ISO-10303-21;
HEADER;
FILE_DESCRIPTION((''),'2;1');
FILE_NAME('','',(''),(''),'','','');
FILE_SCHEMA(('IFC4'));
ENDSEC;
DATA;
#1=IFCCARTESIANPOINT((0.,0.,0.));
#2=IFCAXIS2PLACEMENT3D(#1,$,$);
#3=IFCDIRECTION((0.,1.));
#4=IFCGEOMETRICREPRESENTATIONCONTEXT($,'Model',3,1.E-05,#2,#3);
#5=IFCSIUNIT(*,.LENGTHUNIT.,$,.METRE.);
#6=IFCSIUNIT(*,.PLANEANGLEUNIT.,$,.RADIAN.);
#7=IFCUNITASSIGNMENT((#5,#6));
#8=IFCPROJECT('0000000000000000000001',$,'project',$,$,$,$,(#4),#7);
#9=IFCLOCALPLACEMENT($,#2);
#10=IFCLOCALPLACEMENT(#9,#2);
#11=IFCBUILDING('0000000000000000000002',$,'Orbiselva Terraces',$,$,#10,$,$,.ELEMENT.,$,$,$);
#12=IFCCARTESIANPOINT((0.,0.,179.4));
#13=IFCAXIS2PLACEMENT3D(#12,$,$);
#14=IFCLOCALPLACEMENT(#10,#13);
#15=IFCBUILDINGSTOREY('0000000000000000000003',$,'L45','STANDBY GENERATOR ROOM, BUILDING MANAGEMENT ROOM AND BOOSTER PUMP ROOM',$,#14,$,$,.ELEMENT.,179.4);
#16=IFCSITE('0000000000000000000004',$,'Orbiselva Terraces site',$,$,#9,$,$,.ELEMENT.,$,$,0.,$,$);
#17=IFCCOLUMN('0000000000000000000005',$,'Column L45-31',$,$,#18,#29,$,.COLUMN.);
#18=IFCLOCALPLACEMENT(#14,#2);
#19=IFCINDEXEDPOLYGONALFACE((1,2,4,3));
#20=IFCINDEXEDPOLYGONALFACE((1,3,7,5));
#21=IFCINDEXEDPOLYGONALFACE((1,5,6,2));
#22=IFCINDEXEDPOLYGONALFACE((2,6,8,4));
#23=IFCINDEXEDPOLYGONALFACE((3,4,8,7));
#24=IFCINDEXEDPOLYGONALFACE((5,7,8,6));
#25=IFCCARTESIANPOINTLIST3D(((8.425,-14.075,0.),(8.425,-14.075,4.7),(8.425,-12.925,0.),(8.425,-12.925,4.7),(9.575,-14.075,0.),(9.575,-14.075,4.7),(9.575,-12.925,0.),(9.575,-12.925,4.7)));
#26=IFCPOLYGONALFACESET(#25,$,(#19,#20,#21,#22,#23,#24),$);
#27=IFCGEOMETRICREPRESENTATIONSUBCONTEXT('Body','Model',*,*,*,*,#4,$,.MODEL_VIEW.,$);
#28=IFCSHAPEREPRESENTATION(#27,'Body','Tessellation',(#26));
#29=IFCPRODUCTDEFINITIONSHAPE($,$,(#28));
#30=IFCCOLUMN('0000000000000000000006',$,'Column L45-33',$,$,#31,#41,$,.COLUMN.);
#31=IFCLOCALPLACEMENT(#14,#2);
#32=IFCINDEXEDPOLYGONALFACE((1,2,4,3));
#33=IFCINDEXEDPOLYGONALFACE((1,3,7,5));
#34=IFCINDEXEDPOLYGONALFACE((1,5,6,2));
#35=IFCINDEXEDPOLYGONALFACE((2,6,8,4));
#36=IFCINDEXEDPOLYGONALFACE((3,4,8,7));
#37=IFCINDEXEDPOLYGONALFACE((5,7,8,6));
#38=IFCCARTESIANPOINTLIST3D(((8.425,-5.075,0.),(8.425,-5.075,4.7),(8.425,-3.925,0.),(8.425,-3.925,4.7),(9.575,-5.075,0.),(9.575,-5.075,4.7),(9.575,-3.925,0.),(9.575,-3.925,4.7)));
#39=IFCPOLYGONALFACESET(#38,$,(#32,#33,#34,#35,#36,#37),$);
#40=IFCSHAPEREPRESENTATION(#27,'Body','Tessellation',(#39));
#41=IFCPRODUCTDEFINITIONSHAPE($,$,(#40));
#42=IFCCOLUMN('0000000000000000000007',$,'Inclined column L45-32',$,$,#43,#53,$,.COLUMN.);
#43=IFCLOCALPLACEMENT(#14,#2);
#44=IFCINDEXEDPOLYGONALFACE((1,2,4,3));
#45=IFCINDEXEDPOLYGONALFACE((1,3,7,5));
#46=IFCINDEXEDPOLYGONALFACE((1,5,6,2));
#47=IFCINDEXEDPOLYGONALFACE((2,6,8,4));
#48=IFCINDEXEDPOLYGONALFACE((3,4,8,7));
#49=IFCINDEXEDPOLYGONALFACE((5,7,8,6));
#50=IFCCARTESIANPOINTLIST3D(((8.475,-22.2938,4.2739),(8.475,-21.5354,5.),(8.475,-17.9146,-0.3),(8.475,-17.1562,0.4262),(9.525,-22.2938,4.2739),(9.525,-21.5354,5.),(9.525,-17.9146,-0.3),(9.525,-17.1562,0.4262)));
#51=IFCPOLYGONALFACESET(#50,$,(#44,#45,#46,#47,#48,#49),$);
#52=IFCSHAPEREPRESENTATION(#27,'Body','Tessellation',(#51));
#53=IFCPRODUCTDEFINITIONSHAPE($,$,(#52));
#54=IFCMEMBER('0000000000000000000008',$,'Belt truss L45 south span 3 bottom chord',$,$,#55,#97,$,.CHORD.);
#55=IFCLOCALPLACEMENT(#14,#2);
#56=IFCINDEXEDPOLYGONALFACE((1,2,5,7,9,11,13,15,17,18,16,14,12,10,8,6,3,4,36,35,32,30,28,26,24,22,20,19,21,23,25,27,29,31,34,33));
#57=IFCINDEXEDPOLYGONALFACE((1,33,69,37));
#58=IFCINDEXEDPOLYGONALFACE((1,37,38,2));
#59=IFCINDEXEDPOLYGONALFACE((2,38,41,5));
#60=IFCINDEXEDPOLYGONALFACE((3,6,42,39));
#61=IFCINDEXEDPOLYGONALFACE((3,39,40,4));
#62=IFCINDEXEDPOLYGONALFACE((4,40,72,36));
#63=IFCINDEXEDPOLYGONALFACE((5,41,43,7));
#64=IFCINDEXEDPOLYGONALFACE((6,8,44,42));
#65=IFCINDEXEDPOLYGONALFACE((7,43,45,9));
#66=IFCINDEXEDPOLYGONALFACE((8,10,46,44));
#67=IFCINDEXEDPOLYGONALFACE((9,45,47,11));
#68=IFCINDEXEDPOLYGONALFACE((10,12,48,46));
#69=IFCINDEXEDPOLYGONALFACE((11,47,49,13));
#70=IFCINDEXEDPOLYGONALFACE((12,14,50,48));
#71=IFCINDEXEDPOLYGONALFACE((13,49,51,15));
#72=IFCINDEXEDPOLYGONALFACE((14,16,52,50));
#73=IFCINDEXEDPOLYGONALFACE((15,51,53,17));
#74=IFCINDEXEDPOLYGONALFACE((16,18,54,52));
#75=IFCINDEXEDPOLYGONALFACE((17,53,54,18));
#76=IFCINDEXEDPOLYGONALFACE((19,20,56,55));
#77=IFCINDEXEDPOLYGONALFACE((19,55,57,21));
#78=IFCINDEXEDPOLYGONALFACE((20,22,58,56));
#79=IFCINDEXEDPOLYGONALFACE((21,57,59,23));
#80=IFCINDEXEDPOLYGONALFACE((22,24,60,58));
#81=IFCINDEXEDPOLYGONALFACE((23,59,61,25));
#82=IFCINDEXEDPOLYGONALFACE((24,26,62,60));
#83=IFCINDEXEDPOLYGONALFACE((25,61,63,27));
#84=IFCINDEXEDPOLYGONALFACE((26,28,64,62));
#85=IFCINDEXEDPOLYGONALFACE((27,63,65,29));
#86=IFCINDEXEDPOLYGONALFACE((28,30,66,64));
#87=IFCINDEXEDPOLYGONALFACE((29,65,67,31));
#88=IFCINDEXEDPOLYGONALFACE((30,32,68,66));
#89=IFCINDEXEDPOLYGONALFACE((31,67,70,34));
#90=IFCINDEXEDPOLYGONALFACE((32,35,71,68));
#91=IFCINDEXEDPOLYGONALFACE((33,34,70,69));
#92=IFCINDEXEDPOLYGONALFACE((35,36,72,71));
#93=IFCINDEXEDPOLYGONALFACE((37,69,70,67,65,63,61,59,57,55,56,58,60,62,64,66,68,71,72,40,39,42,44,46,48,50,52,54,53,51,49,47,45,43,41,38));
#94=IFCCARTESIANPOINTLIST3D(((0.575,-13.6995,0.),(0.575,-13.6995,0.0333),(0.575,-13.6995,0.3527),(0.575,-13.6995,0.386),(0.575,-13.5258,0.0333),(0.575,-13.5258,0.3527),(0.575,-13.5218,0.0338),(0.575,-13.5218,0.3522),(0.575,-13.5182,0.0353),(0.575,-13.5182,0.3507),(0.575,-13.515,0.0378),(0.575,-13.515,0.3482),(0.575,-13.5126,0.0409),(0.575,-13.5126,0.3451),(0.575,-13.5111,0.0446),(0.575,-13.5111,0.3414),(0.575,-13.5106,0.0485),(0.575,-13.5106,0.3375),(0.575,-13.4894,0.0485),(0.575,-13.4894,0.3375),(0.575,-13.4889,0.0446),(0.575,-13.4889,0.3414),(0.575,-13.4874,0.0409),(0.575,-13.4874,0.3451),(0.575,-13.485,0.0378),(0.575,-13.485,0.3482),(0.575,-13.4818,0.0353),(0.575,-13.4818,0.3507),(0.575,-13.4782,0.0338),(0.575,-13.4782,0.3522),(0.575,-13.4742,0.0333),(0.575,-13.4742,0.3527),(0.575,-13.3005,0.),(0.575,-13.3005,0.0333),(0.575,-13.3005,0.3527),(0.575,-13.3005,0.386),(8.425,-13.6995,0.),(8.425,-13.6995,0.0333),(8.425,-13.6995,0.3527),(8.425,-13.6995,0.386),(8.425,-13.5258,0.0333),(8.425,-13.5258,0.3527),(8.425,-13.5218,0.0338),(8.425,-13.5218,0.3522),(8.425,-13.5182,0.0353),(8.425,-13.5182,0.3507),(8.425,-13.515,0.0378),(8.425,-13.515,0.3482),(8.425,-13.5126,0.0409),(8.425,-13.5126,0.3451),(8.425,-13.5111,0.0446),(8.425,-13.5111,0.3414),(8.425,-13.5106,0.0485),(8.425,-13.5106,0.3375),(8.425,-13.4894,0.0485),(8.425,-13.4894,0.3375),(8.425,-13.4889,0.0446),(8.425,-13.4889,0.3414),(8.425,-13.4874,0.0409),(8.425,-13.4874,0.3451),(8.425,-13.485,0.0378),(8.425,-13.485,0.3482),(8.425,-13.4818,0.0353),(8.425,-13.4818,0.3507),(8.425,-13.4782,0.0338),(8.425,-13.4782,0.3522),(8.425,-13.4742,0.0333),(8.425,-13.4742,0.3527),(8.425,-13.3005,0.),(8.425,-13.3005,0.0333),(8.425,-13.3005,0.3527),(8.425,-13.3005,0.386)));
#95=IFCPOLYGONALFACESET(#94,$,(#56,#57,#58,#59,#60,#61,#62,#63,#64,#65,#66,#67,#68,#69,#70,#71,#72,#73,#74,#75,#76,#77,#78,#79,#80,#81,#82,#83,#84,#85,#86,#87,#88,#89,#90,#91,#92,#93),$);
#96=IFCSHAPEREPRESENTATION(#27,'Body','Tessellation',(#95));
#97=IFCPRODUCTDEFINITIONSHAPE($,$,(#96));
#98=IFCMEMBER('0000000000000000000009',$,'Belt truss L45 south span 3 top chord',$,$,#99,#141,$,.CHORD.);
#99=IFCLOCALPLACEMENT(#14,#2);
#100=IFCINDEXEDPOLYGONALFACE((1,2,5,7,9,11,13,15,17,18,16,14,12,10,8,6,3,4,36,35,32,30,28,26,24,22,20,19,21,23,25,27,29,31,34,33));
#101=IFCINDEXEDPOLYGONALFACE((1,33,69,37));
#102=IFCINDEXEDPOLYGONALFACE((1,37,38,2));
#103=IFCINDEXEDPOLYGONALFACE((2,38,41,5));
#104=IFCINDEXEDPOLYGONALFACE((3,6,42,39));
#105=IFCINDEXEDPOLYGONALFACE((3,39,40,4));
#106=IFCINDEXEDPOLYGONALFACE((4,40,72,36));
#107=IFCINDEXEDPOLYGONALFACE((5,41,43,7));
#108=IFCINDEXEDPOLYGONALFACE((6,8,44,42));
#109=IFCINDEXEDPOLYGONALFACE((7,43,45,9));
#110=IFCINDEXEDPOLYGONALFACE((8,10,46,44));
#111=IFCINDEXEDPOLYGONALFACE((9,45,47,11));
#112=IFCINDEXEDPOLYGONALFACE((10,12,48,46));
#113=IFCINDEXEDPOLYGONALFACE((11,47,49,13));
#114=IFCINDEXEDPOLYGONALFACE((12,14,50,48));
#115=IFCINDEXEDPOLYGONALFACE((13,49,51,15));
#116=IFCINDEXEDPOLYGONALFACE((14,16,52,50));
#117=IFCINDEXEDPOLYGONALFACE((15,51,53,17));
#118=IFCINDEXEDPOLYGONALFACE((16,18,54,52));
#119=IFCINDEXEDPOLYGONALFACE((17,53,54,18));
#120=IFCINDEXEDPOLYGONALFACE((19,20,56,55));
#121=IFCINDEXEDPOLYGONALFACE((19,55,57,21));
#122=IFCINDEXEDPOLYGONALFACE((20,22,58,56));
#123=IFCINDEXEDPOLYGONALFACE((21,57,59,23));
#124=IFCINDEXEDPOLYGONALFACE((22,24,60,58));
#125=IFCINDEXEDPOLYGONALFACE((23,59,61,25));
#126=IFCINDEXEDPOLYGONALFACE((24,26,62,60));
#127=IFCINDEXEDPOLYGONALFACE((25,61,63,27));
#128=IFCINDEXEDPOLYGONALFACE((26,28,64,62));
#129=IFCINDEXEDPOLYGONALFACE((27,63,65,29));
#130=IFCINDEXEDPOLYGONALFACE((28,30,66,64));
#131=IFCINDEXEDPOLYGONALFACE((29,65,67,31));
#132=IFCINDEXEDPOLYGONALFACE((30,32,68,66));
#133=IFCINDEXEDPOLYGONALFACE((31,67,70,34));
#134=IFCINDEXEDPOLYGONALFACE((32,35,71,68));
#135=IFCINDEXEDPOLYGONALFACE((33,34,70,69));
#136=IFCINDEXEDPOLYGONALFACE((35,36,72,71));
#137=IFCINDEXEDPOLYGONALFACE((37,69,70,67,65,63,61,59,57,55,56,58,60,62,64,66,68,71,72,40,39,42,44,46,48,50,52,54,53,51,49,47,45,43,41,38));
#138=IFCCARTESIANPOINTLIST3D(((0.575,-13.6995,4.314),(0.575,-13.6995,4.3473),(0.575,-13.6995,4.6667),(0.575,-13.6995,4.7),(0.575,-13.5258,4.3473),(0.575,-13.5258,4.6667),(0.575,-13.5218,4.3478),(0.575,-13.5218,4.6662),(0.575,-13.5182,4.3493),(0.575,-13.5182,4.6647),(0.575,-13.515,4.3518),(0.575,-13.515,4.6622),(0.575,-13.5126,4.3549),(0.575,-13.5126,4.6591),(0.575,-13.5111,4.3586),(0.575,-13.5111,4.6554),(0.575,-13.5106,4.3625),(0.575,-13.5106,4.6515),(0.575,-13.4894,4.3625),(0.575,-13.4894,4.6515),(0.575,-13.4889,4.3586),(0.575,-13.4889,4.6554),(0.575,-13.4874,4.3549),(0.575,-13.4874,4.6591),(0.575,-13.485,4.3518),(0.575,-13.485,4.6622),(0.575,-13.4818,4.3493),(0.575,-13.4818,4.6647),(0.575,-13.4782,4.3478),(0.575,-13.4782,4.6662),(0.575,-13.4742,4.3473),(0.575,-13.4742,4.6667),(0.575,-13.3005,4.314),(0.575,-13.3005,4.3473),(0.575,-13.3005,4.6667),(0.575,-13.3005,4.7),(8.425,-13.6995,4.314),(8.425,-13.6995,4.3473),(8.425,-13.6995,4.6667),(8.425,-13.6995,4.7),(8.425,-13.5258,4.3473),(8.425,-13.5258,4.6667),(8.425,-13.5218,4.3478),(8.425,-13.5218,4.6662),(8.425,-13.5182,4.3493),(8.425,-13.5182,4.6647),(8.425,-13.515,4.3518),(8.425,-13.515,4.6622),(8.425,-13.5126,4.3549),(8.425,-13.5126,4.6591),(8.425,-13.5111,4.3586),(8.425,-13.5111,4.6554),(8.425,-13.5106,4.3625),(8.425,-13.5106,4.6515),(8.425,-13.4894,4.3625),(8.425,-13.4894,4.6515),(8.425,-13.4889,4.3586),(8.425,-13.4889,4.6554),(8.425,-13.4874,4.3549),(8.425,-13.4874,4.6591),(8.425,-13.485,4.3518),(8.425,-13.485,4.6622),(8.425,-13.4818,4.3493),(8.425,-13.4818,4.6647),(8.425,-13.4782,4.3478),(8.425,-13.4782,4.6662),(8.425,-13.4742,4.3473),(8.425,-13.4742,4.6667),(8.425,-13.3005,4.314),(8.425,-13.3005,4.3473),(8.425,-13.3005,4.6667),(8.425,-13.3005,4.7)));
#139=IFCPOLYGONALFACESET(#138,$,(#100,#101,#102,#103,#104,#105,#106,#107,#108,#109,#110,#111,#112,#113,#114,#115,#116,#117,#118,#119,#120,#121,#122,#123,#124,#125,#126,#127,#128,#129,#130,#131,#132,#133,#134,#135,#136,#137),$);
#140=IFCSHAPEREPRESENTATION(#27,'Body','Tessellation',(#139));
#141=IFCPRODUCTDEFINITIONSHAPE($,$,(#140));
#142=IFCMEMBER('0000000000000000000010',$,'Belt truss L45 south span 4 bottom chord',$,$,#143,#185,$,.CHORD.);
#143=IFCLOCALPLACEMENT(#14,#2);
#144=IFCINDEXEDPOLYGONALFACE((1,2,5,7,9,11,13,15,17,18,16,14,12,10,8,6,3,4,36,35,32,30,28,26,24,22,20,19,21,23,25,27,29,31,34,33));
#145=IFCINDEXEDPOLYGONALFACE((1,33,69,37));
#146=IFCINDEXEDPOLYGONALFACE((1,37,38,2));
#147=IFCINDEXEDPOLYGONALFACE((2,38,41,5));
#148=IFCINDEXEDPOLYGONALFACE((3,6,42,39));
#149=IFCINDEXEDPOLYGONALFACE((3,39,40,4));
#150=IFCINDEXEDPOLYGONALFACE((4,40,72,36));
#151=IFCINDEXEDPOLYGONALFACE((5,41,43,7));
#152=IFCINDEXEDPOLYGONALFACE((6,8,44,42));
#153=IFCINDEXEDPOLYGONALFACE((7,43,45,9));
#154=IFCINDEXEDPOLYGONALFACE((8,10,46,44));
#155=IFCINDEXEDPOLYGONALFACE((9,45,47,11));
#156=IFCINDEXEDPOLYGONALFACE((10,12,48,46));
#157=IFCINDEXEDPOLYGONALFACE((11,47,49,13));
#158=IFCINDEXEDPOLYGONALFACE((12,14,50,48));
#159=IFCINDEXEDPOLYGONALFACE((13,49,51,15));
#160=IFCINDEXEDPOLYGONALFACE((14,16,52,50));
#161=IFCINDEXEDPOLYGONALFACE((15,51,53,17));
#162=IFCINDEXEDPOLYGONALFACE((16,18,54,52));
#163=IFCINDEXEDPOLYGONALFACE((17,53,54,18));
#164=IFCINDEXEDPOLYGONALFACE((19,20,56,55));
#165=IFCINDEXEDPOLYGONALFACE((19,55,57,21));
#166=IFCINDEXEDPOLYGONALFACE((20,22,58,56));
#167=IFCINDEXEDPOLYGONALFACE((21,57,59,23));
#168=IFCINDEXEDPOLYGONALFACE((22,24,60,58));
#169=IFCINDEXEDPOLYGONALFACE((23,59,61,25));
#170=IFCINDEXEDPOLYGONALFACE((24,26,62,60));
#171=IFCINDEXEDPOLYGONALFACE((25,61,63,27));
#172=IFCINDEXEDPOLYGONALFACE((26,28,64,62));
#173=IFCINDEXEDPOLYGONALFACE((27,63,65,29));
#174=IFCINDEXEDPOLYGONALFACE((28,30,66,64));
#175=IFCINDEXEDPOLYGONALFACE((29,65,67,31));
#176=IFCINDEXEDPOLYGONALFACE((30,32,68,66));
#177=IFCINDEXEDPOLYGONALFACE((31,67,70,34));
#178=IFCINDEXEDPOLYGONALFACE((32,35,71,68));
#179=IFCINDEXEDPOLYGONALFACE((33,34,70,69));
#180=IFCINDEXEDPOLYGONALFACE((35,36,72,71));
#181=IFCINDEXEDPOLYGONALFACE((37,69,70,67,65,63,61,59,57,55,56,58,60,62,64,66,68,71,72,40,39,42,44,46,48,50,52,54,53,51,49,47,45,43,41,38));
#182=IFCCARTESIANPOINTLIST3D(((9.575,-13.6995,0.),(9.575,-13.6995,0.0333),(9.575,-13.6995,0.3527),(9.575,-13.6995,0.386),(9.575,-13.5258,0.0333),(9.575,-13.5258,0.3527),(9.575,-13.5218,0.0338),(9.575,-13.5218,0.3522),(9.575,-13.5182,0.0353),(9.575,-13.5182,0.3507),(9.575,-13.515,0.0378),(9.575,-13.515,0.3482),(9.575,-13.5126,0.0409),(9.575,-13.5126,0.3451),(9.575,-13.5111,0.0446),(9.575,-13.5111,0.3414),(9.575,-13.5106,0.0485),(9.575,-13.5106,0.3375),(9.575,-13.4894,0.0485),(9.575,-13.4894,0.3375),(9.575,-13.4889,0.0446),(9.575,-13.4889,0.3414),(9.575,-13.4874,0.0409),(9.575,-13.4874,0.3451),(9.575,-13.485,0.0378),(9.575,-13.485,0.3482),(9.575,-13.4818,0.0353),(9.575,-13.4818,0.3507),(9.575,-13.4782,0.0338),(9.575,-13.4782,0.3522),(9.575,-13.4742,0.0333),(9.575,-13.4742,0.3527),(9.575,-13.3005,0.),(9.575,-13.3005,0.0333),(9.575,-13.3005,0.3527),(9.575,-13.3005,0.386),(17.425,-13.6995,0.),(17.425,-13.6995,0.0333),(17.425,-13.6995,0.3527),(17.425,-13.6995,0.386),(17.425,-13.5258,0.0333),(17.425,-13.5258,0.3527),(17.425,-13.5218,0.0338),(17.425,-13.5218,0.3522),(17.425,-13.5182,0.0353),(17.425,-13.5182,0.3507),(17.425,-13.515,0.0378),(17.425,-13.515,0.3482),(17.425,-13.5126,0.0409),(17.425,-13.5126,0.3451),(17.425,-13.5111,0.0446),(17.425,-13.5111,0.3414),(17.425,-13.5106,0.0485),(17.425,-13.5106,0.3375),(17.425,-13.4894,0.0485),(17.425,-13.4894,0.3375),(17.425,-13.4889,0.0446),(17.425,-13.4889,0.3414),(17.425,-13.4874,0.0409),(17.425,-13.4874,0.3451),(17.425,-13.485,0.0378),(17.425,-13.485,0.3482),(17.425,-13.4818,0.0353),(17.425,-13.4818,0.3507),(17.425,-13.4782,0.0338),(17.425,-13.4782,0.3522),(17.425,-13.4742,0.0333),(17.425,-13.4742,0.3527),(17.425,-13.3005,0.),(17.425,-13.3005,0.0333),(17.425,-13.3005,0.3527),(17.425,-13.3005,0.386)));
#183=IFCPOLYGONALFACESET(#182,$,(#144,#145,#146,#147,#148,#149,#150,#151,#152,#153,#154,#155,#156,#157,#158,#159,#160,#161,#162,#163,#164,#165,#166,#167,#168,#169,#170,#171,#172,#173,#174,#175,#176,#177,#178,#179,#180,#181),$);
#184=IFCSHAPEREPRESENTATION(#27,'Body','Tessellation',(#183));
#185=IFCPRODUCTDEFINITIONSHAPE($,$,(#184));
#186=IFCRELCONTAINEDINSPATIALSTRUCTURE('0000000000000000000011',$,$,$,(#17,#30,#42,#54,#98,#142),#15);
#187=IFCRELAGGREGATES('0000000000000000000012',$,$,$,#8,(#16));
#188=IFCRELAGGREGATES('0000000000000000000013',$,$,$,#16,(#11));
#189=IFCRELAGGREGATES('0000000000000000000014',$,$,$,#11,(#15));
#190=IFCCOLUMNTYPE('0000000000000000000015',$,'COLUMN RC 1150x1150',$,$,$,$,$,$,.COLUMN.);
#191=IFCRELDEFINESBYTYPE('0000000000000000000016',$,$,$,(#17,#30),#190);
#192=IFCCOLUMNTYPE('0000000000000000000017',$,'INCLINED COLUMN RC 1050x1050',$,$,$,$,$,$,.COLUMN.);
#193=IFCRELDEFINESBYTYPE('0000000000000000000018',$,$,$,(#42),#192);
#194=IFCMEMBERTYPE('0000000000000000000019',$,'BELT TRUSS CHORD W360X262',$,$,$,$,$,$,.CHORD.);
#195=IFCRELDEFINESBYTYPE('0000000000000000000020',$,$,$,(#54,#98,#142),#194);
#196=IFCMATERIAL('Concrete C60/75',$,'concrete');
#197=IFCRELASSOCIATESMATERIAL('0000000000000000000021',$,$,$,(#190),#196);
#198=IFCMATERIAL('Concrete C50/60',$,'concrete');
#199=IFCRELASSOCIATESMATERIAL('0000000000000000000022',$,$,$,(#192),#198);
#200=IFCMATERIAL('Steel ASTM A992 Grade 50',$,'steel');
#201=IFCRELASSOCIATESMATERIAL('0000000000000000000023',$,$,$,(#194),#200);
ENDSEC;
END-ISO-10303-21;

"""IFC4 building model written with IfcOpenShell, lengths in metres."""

from ifc_helpers import new_model, si_unit, direction, frame, origin, origin_2d, place, context, subcontext, project, spatial, rectangle, i_section, extrude, material, material_profile, profile_set, type_object, element, save


model = new_model("IFC4")

# Units and contexts
model_context = context("Model", 3, precision=1e-05, world=origin(), true_north=direction((0.0, 1.0)))
body_context = subcontext(model_context, "Body", "Model", "MODEL_VIEW")
ifc_project = project(units=[si_unit("LENGTHUNIT", "METRE"), si_unit("PLANEANGLEUNIT", "RADIAN")], contexts=[model_context])

# Site, building, storey
site_placement = place(None, origin())
site = spatial("IfcSite", under=ifc_project, at=site_placement, Name="Orbiselva Terraces site", CompositionType="ELEMENT", RefElevation=0.0)
building_placement = place(site_placement, origin())
building = spatial("IfcBuilding", under=site, at=building_placement, Name="Orbiselva Terraces", CompositionType="ELEMENT")
storey_placement = place(building_placement, frame((0.0, 0.0, 179.4)))
storey = spatial("IfcBuildingStorey", under=building, at=storey_placement, Name="L45", Description="STANDBY GENERATOR ROOM, BUILDING MANAGEMENT ROOM AND BOOSTER PUMP ROOM", CompositionType="ELEMENT", Elevation=179.4)

# Columns
ifc_material_1 = material(Name="Concrete C60/75", Category="concrete")
ifc_material_profile_1 = material_profile(ifc_material_1, rectangle(XDim=1.15, YDim=1.15, at=origin_2d()), Name="RC 1150x1150")
ifc_profile_set_1 = profile_set([ifc_material_profile_1], Name="Concrete C60/75")
column_type_1 = type_object("IfcColumnType", Name="COLUMN RC 1150x1150", PredefinedType="COLUMN", material=ifc_profile_set_1)
for number, where, z_axis, x_axis, name in (
    (1, (9.0, -13.5, 0.0), (0.0, 0.0, 1.0), (1.0, 0.0, 0.0), "Column L45-31"),
    (2, (9.0, -4.5, 0.0), (0.0, 0.0, 1.0), (1.0, 0.0, 0.0), "Column L45-33"),
):
    element("IfcColumn", number, at=place(storey_placement, frame(where, z_axis=z_axis, x_axis=x_axis)), inside=storey, type_object=column_type_1, Name=name, PredefinedType="COLUMN", context=body_context, shape_type="SweptSolid", body=[
        extrude(rectangle(XDim=1.15, YDim=1.15, at=origin_2d()), origin(), (0.0, 0.0, 1.0), 4.7),
    ])
ifc_material_2 = material(Name="Concrete C50/60", Category="concrete")
ifc_material_profile_2 = material_profile(ifc_material_2, rectangle(XDim=1.05, YDim=1.05, at=origin_2d()), Name="RC 1050x1050")
ifc_profile_set_2 = profile_set([ifc_material_profile_2], Name="Concrete C50/60")
column_type_2 = type_object("IfcColumnType", Name="INCLINED COLUMN RC 1050x1050", PredefinedType="COLUMN", material=ifc_profile_set_2)
column_placement = place(storey_placement, frame((9.0, -17.5354, 0.0631), z_axis=(0.0, -0.691571, 0.722308), x_axis=(1.0, 0.0, 0.0)))
element("IfcColumn", 3, at=column_placement, inside=storey, type_object=column_type_2, Name="Inclined column L45-32", PredefinedType="COLUMN", context=body_context, shape_type="SweptSolid", body=[
    extrude(rectangle(XDim=1.05, YDim=1.05, at=origin_2d()), origin(), (0.0, 0.0, 1.0), 6.3323),
])

# Members
ifc_material_3 = material(Name="Steel ASTM A992 Grade 50", Category="steel")
ifc_material_profile_3 = material_profile(ifc_material_3, i_section(OverallWidth=0.399, OverallDepth=0.386, WebThickness=0.0211, FlangeThickness=0.0333, FilletRadius=0.0152, at=origin_2d()), Name="W360X262")
ifc_profile_set_3 = profile_set([ifc_material_profile_3], Name="Steel ASTM A992 Grade 50")
member_type_1 = type_object("IfcMemberType", Name="BELT TRUSS CHORD W360X262", PredefinedType="CHORD", material=ifc_profile_set_3)
for number, where, z_axis, x_axis, name in (
    (4, (0.575, -13.5, 0.193), (1.0, 0.0, 0.0), (0.0, 1.0, 0.0), "Belt truss L45 south span 3 bottom chord"),
    (5, (0.575, -13.5, 4.507), (1.0, 0.0, 0.0), (0.0, 1.0, 0.0), "Belt truss L45 south span 3 top chord"),
    (6, (9.575, -13.5, 0.193), (1.0, 0.0, 0.0), (0.0, 1.0, 0.0), "Belt truss L45 south span 4 bottom chord"),
):
    element("IfcMember", number, at=place(storey_placement, frame(where, z_axis=z_axis, x_axis=x_axis)), inside=storey, type_object=member_type_1, Name=name, PredefinedType="CHORD", context=body_context, shape_type="SweptSolid", body=[
        extrude(i_section(OverallWidth=0.399, OverallDepth=0.386, WebThickness=0.0211, FlangeThickness=0.0333, FilletRadius=0.0152, at=origin_2d()), origin(), (0.0, 0.0, 1.0), 7.85),
    ])

save(model, "model.ifc")
